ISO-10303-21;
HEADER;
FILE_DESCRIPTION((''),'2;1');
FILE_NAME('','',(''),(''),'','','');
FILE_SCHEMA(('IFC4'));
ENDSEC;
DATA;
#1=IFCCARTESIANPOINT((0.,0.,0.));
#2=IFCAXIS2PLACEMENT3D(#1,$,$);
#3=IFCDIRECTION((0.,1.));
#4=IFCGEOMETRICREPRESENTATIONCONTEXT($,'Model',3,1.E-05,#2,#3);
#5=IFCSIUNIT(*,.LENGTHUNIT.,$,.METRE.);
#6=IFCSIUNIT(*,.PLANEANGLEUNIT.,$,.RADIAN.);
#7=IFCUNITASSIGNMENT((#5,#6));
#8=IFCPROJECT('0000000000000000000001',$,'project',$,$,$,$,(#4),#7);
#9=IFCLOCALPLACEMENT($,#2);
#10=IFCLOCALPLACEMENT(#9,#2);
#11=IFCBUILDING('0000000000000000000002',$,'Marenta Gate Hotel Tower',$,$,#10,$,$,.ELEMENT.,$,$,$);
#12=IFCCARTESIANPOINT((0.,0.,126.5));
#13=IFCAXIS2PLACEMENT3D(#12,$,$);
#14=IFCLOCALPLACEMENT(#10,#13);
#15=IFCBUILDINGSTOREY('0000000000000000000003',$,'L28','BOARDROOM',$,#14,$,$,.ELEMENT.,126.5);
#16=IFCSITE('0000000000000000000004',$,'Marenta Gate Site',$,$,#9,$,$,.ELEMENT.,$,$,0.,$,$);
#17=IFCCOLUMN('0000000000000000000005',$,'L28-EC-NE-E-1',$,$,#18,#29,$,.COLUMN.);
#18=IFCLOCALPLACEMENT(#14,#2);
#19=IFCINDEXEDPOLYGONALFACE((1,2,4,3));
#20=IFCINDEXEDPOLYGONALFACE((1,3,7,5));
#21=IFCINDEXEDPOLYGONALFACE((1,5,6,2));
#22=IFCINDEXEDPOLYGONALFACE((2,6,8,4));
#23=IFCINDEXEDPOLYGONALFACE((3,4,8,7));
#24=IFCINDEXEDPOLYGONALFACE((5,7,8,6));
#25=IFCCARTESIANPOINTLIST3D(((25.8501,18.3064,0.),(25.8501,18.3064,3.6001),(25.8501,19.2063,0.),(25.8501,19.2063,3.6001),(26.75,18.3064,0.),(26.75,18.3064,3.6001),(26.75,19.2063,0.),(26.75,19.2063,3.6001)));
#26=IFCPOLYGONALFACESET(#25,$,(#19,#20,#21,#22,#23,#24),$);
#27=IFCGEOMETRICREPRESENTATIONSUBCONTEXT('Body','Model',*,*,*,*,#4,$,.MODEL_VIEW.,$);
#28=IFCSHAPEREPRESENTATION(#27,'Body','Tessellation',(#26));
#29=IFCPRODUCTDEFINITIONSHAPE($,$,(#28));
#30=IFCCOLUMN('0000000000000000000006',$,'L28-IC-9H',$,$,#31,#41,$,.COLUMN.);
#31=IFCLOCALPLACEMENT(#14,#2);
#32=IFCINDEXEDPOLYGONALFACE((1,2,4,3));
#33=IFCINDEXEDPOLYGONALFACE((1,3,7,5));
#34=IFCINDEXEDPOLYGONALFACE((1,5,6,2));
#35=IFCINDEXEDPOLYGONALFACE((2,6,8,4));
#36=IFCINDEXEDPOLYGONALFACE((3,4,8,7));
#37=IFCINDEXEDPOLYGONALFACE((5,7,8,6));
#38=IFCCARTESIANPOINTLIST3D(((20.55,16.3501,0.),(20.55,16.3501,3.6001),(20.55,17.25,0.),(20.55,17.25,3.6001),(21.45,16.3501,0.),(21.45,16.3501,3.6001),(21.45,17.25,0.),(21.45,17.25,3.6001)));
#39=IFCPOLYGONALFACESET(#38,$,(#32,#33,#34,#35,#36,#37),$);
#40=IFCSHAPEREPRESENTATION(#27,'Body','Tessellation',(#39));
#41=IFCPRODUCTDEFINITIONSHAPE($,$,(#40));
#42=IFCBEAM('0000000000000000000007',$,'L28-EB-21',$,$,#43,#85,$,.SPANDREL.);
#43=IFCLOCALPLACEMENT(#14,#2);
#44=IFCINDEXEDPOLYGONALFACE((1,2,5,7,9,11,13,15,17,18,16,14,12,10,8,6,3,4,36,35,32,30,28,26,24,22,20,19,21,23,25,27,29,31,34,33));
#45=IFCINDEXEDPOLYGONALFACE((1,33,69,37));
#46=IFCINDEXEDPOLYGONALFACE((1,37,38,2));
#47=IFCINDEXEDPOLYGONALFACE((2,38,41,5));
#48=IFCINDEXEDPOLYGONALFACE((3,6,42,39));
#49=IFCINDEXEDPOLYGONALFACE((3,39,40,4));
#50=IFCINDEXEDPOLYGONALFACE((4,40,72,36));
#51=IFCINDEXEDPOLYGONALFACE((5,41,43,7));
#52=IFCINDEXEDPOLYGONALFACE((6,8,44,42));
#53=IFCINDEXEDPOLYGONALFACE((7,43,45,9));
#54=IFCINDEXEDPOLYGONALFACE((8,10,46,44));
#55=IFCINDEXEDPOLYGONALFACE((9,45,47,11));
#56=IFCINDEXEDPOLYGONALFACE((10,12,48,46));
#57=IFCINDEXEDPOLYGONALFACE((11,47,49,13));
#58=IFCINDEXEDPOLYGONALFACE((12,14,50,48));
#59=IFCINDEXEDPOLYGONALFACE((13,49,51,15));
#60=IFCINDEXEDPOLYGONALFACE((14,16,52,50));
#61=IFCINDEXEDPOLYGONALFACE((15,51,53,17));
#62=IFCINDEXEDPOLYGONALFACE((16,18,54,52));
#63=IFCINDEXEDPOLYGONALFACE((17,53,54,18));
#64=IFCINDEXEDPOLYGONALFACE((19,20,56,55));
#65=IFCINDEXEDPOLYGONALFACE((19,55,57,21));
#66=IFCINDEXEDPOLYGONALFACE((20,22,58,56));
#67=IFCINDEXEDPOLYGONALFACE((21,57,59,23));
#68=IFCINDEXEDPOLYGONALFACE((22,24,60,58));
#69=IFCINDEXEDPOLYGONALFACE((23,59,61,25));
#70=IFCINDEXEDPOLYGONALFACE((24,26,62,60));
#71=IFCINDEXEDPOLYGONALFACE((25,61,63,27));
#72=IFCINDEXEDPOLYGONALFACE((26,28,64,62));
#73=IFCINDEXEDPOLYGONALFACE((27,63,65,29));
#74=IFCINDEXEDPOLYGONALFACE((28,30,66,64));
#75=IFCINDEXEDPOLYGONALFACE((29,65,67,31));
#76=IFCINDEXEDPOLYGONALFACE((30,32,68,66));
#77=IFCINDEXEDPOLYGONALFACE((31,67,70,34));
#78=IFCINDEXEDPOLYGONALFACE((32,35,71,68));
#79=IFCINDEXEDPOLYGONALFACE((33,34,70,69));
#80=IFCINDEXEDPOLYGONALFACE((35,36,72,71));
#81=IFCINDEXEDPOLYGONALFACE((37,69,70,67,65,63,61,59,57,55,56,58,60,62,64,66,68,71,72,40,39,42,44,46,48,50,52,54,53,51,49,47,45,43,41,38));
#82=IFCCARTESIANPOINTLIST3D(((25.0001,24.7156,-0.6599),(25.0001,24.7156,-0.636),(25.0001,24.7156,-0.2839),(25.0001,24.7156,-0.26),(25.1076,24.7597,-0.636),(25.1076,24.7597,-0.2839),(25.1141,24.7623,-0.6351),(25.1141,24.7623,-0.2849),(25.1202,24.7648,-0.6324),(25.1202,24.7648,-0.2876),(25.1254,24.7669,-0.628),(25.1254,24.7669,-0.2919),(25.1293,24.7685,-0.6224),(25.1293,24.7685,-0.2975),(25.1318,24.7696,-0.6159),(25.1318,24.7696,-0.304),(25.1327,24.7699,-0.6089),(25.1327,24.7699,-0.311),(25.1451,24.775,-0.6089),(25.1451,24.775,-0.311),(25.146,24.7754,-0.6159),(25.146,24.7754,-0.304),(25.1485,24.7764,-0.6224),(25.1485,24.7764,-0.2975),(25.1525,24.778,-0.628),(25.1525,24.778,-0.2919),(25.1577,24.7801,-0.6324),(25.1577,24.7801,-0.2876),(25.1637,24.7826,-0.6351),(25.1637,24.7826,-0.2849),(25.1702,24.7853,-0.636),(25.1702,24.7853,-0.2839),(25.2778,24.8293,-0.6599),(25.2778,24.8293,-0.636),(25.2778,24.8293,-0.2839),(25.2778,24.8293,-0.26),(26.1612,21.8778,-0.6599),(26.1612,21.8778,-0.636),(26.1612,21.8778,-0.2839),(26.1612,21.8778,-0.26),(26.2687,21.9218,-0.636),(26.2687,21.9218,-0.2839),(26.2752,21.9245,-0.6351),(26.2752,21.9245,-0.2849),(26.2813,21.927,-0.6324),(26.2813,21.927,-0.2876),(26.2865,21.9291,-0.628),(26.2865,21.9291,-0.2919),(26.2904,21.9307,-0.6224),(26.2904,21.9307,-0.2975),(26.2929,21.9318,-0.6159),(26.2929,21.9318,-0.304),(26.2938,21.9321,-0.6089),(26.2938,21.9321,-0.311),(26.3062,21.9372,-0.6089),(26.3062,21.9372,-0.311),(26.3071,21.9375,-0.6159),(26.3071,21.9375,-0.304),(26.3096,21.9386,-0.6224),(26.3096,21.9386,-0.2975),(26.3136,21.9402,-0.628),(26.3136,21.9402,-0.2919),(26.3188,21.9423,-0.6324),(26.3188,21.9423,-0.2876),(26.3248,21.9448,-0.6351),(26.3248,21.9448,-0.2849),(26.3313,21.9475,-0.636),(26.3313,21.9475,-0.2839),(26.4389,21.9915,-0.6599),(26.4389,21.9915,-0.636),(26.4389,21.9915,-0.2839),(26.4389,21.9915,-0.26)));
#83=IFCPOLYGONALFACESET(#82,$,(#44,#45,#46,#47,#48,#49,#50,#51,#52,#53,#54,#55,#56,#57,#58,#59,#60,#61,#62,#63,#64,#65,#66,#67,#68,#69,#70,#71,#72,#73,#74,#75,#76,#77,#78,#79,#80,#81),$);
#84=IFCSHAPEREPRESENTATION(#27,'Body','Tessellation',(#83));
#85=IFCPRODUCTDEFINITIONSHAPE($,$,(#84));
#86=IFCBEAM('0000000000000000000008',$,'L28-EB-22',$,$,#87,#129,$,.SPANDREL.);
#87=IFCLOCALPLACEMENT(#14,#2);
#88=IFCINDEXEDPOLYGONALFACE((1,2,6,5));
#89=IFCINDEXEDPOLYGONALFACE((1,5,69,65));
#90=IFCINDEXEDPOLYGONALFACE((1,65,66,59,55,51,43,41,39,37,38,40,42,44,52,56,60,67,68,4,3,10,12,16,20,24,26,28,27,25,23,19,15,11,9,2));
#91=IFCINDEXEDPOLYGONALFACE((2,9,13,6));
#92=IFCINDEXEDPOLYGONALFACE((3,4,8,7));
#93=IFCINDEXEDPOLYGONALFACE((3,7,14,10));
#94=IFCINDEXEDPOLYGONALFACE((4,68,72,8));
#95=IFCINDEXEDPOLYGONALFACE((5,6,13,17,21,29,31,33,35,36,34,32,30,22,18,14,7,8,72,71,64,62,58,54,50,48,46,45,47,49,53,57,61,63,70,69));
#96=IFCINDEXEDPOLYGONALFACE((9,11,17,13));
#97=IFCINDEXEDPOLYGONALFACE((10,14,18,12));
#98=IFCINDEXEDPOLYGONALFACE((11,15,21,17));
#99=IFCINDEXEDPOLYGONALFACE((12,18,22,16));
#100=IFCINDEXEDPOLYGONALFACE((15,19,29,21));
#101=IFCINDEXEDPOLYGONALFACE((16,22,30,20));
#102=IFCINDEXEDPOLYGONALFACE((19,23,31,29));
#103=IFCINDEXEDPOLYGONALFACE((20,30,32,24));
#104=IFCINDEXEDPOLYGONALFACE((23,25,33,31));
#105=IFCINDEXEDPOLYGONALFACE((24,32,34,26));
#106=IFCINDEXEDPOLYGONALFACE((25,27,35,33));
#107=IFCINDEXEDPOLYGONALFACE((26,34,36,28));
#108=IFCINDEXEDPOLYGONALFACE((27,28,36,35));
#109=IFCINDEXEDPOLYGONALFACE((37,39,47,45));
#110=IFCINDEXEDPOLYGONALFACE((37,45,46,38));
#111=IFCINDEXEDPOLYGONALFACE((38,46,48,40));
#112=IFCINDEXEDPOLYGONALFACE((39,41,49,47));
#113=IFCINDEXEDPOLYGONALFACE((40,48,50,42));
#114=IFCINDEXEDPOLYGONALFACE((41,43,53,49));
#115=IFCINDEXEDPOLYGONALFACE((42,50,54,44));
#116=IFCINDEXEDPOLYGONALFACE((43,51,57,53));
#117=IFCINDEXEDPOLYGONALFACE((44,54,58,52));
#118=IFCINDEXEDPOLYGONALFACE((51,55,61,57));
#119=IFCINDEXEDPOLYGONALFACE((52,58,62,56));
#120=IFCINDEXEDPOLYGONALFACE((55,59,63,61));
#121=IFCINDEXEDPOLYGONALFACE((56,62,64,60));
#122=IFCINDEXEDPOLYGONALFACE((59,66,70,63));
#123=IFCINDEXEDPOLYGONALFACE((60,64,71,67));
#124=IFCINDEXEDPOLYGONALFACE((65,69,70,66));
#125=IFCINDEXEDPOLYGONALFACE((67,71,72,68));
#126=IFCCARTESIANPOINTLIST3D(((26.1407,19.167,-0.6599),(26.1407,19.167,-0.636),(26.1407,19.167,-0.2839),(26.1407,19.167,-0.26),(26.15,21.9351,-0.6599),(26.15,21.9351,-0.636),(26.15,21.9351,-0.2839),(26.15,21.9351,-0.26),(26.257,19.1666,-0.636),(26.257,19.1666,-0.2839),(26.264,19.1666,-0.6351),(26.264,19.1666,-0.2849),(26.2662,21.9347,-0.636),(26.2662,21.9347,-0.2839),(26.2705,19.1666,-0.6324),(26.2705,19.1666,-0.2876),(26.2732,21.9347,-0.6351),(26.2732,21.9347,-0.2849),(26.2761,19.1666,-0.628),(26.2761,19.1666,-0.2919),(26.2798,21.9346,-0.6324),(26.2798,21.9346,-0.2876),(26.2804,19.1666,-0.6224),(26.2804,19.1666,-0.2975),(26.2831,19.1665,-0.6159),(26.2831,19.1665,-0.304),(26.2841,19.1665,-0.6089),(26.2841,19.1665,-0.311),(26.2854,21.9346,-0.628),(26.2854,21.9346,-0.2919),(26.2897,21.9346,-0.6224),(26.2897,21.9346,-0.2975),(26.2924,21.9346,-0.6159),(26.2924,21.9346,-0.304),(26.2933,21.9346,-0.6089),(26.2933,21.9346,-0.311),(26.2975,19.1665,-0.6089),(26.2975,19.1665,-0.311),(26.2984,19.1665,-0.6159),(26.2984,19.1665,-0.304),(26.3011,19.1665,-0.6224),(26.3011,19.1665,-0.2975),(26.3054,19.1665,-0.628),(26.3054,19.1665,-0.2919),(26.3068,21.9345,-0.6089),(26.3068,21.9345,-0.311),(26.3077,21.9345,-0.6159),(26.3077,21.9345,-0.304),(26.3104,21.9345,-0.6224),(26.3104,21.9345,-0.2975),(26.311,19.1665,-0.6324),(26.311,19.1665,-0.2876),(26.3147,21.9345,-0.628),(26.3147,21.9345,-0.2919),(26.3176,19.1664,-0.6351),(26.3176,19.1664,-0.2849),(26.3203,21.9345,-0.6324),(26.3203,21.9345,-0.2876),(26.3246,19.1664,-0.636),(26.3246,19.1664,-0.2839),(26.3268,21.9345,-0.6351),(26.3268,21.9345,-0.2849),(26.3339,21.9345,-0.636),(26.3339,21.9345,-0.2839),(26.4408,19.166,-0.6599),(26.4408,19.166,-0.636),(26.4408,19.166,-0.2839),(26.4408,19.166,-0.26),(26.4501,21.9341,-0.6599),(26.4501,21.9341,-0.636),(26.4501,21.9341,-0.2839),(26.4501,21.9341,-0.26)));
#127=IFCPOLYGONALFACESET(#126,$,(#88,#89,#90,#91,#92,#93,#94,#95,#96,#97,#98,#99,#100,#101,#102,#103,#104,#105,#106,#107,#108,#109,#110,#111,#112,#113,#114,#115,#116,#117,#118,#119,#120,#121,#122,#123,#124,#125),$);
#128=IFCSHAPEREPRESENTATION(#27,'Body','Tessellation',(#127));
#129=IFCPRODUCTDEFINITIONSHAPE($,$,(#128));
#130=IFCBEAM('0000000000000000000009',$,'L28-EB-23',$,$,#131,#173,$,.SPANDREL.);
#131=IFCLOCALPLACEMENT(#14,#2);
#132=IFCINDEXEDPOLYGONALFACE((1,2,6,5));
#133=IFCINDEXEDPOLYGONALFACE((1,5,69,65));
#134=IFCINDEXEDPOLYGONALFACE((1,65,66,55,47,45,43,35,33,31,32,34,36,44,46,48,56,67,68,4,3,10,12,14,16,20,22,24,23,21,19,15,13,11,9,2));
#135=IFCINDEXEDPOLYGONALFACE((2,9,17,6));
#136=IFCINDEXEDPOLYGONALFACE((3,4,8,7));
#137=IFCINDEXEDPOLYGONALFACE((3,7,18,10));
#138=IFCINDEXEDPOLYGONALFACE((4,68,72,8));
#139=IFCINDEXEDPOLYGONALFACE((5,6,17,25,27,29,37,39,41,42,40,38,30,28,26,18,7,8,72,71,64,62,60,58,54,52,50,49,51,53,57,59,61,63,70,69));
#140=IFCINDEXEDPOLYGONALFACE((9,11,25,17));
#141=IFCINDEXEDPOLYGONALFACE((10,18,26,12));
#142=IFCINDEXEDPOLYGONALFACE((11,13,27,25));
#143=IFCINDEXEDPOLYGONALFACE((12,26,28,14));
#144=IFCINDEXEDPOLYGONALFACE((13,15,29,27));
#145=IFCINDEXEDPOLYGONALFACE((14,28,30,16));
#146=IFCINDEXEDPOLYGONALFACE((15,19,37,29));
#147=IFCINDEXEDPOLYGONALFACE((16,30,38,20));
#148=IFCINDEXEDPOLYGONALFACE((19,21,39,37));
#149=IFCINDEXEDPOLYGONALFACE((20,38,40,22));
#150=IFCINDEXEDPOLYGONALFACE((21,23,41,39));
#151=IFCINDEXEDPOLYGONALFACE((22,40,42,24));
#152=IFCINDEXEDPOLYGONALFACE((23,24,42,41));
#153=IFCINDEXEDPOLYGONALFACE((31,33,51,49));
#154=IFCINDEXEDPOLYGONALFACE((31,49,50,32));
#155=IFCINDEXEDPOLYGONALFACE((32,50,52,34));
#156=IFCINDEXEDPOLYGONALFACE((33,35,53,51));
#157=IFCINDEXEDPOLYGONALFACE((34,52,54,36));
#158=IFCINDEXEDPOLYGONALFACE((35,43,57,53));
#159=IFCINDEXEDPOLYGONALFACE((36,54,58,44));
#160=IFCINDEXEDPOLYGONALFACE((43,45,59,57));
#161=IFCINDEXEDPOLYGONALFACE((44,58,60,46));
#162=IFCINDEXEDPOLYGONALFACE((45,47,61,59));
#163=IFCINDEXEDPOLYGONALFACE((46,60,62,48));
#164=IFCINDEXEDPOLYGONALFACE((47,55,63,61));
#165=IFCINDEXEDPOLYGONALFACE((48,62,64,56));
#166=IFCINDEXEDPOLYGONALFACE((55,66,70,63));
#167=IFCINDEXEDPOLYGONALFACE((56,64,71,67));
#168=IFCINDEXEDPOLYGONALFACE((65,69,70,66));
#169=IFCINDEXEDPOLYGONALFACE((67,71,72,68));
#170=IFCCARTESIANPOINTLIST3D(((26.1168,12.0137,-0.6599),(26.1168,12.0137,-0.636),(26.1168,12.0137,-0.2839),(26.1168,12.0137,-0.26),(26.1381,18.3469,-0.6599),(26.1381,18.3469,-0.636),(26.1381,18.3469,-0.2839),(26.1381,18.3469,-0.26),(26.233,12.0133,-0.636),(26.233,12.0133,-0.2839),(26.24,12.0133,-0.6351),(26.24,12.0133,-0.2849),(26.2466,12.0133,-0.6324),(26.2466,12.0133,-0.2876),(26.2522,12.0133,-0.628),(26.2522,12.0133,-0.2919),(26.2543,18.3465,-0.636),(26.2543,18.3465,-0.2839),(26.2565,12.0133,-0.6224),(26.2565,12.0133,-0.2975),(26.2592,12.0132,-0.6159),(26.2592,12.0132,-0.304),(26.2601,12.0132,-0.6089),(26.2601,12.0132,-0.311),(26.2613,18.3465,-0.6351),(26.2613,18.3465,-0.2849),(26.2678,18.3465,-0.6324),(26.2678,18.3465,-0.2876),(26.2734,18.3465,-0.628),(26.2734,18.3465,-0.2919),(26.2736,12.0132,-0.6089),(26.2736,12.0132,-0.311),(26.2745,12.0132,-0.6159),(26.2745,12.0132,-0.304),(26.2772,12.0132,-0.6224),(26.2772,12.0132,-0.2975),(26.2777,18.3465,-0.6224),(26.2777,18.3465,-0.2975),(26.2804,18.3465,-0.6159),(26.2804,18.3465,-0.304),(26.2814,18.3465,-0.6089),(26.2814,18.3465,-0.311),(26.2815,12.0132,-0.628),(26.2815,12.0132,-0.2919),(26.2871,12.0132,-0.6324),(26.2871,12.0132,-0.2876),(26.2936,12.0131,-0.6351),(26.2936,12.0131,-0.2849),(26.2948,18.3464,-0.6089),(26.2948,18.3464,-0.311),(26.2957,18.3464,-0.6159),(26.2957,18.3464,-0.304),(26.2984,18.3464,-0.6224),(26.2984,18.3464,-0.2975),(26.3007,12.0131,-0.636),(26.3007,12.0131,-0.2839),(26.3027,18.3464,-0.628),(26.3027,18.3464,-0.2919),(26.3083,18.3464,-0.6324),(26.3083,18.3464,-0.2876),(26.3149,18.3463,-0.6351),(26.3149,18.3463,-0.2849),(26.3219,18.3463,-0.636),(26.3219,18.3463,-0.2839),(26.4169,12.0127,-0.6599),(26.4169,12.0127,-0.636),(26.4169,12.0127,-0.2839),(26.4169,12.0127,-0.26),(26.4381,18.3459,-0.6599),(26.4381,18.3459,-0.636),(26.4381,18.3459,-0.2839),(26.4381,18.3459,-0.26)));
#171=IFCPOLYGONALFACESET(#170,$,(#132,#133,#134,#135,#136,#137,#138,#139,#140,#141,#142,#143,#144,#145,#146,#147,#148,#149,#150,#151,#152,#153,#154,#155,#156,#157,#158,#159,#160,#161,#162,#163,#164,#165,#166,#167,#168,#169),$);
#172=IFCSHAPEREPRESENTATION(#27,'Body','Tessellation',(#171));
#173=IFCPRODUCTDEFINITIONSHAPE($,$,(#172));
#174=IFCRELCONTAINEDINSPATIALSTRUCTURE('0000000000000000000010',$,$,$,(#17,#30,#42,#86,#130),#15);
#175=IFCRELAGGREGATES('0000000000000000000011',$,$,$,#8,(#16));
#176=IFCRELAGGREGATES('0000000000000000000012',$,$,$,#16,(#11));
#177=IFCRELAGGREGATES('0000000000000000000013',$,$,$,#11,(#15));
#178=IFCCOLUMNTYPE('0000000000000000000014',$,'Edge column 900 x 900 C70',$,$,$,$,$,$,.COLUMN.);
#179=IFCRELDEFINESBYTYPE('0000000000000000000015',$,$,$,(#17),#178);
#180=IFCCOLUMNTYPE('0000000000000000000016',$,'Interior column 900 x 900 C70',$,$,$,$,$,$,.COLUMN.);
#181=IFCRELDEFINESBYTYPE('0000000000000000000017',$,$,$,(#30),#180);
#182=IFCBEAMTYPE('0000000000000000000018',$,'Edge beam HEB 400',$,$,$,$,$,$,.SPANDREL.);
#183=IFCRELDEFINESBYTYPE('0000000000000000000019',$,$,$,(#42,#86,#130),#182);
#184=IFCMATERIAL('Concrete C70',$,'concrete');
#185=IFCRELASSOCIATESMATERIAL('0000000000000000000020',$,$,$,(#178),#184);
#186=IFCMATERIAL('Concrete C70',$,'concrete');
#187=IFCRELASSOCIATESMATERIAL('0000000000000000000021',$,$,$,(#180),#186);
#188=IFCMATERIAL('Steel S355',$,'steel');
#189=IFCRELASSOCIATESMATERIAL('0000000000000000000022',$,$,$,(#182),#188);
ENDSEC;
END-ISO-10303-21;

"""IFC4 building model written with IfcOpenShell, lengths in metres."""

from ifc_helpers import new_model, si_unit, direction, frame, origin, origin_2d, place, context, subcontext, project, spatial, rectangle, i_section, extrude, material, material_profile, profile_set, type_object, element, save


model = new_model("IFC4")

# Units and contexts
model_context = context("Model", 3, precision=1e-05, world=origin(), true_north=direction((0.0, 1.0)))
body_context = subcontext(model_context, "Body", "Model", "MODEL_VIEW")
ifc_project = project(units=[si_unit("LENGTHUNIT", "METRE"), si_unit("PLANEANGLEUNIT", "RADIAN")], contexts=[model_context])

# Site, building, storey
site_placement = place(None, origin())
site = spatial("IfcSite", under=ifc_project, at=site_placement, Name="Marenta Gate Site", CompositionType="ELEMENT", RefElevation=0.0)
building_placement = place(site_placement, origin())
building = spatial("IfcBuilding", under=site, at=building_placement, Name="Marenta Gate Hotel Tower", CompositionType="ELEMENT")
storey_placement = place(building_placement, frame((0.0, 0.0, 126.5)))
storey = spatial("IfcBuildingStorey", under=building, at=storey_placement, Name="L28", Description="BOARDROOM", CompositionType="ELEMENT", Elevation=126.5)

# Columns
ifc_material_1 = material(Name="Concrete C70", Category="concrete")
ifc_material_profile_1 = material_profile(ifc_material_1, rectangle(XDim=0.8999, YDim=0.8999, at=origin_2d()), Name="900 x 900")
ifc_profile_set_1 = profile_set([ifc_material_profile_1], Name="Concrete C70")
column_type_1 = type_object("IfcColumnType", Name="Edge column 900 x 900 C70", PredefinedType="COLUMN", material=ifc_profile_set_1)
column_1_placement = place(storey_placement, frame((26.3, 18.7563, 0.0), z_axis=(0.0, 0.0, 1.0), x_axis=(1.0, 0.0, 0.0)))
element("IfcColumn", 1, at=column_1_placement, inside=storey, type_object=column_type_1, Name="L28-EC-NE-E-1", PredefinedType="COLUMN", context=body_context, shape_type="SweptSolid", body=[
    extrude(rectangle(XDim=0.8999, YDim=0.8999, at=origin_2d()), origin(), (0.0, 0.0, 1.0), 3.6001),
])
ifc_material_2 = material(Name="Concrete C70", Category="concrete")
ifc_material_profile_2 = material_profile(ifc_material_2, rectangle(XDim=0.8999, YDim=0.8999, at=origin_2d()), Name="900 x 900")
ifc_profile_set_2 = profile_set([ifc_material_profile_2], Name="Concrete C70")
column_type_2 = type_object("IfcColumnType", Name="Interior column 900 x 900 C70", PredefinedType="COLUMN", material=ifc_profile_set_2)
column_2_placement = place(storey_placement, frame((21.0, 16.8, 0.0), z_axis=(0.0, 0.0, 1.0), x_axis=(1.0, 0.0, 0.0)))
element("IfcColumn", 2, at=column_2_placement, inside=storey, type_object=column_type_2, Name="L28-IC-9H", PredefinedType="COLUMN", context=body_context, shape_type="SweptSolid", body=[
    extrude(rectangle(XDim=0.8999, YDim=0.8999, at=origin_2d()), origin(), (0.0, 0.0, 1.0), 3.6001),
])

# Beams
ifc_material_3 = material(Name="Steel S355", Category="steel")
ifc_material_profile_3 = material_profile(ifc_material_3, i_section(OverallWidth=0.3, OverallDepth=0.3999, WebThickness=0.0134, FlangeThickness=0.0239, FilletRadius=0.0271, at=origin_2d()), Name="HEB 400")
ifc_profile_set_3 = profile_set([ifc_material_profile_3], Name="Steel S355")
beam_type_1 = type_object("IfcBeamType", Name="Edge beam HEB 400", PredefinedType="SPANDREL", material=ifc_profile_set_3)
beam_1_placement = place(storey_placement, frame((25.1389, 24.7725, -0.46), z_axis=(0.378682, -0.925527, 0.0), x_axis=(0.925527, 0.378682, 0.0)))
element("IfcBeam", 3, at=beam_1_placement, inside=storey, type_object=beam_type_1, Name="L28-EB-21", PredefinedType="SPANDREL", context=body_context, shape_type="SweptSolid", body=[
    extrude(i_section(OverallWidth=0.3, OverallDepth=0.3999, WebThickness=0.0134, FlangeThickness=0.0239, FilletRadius=0.0271, at=origin_2d()), origin(), (0.0, 0.0, 1.0), 3.0662),
])
beam_2_placement = place(storey_placement, frame((26.3, 21.9346, -0.46), z_axis=(-0.003352, -0.999994, 0.0), x_axis=(0.999994, -0.003352, 0.0)))
element("IfcBeam", 4, at=beam_2_placement, inside=storey, type_object=beam_type_1, Name="L28-EB-22", PredefinedType="SPANDREL", context=body_context, shape_type="SweptSolid", body=[
    extrude(i_section(OverallWidth=0.3, OverallDepth=0.3999, WebThickness=0.0134, FlangeThickness=0.0239, FilletRadius=0.0271, at=origin_2d()), origin(), (0.0, 0.0, 1.0), 2.7681),
])
beam_3_placement = place(storey_placement, frame((26.2881, 18.3464, -0.46), z_axis=(-0.003354, -0.999994, 0.0), x_axis=(0.999994, -0.003354, 0.0)))
element("IfcBeam", 5, at=beam_3_placement, inside=storey, type_object=beam_type_1, Name="L28-EB-23", PredefinedType="SPANDREL", context=body_context, shape_type="SweptSolid", body=[
    extrude(i_section(OverallWidth=0.3, OverallDepth=0.3999, WebThickness=0.0134, FlangeThickness=0.0239, FilletRadius=0.0271, at=origin_2d()), origin(), (0.0, 0.0, 1.0), 6.3333),
])

save(model, "model.ifc")
